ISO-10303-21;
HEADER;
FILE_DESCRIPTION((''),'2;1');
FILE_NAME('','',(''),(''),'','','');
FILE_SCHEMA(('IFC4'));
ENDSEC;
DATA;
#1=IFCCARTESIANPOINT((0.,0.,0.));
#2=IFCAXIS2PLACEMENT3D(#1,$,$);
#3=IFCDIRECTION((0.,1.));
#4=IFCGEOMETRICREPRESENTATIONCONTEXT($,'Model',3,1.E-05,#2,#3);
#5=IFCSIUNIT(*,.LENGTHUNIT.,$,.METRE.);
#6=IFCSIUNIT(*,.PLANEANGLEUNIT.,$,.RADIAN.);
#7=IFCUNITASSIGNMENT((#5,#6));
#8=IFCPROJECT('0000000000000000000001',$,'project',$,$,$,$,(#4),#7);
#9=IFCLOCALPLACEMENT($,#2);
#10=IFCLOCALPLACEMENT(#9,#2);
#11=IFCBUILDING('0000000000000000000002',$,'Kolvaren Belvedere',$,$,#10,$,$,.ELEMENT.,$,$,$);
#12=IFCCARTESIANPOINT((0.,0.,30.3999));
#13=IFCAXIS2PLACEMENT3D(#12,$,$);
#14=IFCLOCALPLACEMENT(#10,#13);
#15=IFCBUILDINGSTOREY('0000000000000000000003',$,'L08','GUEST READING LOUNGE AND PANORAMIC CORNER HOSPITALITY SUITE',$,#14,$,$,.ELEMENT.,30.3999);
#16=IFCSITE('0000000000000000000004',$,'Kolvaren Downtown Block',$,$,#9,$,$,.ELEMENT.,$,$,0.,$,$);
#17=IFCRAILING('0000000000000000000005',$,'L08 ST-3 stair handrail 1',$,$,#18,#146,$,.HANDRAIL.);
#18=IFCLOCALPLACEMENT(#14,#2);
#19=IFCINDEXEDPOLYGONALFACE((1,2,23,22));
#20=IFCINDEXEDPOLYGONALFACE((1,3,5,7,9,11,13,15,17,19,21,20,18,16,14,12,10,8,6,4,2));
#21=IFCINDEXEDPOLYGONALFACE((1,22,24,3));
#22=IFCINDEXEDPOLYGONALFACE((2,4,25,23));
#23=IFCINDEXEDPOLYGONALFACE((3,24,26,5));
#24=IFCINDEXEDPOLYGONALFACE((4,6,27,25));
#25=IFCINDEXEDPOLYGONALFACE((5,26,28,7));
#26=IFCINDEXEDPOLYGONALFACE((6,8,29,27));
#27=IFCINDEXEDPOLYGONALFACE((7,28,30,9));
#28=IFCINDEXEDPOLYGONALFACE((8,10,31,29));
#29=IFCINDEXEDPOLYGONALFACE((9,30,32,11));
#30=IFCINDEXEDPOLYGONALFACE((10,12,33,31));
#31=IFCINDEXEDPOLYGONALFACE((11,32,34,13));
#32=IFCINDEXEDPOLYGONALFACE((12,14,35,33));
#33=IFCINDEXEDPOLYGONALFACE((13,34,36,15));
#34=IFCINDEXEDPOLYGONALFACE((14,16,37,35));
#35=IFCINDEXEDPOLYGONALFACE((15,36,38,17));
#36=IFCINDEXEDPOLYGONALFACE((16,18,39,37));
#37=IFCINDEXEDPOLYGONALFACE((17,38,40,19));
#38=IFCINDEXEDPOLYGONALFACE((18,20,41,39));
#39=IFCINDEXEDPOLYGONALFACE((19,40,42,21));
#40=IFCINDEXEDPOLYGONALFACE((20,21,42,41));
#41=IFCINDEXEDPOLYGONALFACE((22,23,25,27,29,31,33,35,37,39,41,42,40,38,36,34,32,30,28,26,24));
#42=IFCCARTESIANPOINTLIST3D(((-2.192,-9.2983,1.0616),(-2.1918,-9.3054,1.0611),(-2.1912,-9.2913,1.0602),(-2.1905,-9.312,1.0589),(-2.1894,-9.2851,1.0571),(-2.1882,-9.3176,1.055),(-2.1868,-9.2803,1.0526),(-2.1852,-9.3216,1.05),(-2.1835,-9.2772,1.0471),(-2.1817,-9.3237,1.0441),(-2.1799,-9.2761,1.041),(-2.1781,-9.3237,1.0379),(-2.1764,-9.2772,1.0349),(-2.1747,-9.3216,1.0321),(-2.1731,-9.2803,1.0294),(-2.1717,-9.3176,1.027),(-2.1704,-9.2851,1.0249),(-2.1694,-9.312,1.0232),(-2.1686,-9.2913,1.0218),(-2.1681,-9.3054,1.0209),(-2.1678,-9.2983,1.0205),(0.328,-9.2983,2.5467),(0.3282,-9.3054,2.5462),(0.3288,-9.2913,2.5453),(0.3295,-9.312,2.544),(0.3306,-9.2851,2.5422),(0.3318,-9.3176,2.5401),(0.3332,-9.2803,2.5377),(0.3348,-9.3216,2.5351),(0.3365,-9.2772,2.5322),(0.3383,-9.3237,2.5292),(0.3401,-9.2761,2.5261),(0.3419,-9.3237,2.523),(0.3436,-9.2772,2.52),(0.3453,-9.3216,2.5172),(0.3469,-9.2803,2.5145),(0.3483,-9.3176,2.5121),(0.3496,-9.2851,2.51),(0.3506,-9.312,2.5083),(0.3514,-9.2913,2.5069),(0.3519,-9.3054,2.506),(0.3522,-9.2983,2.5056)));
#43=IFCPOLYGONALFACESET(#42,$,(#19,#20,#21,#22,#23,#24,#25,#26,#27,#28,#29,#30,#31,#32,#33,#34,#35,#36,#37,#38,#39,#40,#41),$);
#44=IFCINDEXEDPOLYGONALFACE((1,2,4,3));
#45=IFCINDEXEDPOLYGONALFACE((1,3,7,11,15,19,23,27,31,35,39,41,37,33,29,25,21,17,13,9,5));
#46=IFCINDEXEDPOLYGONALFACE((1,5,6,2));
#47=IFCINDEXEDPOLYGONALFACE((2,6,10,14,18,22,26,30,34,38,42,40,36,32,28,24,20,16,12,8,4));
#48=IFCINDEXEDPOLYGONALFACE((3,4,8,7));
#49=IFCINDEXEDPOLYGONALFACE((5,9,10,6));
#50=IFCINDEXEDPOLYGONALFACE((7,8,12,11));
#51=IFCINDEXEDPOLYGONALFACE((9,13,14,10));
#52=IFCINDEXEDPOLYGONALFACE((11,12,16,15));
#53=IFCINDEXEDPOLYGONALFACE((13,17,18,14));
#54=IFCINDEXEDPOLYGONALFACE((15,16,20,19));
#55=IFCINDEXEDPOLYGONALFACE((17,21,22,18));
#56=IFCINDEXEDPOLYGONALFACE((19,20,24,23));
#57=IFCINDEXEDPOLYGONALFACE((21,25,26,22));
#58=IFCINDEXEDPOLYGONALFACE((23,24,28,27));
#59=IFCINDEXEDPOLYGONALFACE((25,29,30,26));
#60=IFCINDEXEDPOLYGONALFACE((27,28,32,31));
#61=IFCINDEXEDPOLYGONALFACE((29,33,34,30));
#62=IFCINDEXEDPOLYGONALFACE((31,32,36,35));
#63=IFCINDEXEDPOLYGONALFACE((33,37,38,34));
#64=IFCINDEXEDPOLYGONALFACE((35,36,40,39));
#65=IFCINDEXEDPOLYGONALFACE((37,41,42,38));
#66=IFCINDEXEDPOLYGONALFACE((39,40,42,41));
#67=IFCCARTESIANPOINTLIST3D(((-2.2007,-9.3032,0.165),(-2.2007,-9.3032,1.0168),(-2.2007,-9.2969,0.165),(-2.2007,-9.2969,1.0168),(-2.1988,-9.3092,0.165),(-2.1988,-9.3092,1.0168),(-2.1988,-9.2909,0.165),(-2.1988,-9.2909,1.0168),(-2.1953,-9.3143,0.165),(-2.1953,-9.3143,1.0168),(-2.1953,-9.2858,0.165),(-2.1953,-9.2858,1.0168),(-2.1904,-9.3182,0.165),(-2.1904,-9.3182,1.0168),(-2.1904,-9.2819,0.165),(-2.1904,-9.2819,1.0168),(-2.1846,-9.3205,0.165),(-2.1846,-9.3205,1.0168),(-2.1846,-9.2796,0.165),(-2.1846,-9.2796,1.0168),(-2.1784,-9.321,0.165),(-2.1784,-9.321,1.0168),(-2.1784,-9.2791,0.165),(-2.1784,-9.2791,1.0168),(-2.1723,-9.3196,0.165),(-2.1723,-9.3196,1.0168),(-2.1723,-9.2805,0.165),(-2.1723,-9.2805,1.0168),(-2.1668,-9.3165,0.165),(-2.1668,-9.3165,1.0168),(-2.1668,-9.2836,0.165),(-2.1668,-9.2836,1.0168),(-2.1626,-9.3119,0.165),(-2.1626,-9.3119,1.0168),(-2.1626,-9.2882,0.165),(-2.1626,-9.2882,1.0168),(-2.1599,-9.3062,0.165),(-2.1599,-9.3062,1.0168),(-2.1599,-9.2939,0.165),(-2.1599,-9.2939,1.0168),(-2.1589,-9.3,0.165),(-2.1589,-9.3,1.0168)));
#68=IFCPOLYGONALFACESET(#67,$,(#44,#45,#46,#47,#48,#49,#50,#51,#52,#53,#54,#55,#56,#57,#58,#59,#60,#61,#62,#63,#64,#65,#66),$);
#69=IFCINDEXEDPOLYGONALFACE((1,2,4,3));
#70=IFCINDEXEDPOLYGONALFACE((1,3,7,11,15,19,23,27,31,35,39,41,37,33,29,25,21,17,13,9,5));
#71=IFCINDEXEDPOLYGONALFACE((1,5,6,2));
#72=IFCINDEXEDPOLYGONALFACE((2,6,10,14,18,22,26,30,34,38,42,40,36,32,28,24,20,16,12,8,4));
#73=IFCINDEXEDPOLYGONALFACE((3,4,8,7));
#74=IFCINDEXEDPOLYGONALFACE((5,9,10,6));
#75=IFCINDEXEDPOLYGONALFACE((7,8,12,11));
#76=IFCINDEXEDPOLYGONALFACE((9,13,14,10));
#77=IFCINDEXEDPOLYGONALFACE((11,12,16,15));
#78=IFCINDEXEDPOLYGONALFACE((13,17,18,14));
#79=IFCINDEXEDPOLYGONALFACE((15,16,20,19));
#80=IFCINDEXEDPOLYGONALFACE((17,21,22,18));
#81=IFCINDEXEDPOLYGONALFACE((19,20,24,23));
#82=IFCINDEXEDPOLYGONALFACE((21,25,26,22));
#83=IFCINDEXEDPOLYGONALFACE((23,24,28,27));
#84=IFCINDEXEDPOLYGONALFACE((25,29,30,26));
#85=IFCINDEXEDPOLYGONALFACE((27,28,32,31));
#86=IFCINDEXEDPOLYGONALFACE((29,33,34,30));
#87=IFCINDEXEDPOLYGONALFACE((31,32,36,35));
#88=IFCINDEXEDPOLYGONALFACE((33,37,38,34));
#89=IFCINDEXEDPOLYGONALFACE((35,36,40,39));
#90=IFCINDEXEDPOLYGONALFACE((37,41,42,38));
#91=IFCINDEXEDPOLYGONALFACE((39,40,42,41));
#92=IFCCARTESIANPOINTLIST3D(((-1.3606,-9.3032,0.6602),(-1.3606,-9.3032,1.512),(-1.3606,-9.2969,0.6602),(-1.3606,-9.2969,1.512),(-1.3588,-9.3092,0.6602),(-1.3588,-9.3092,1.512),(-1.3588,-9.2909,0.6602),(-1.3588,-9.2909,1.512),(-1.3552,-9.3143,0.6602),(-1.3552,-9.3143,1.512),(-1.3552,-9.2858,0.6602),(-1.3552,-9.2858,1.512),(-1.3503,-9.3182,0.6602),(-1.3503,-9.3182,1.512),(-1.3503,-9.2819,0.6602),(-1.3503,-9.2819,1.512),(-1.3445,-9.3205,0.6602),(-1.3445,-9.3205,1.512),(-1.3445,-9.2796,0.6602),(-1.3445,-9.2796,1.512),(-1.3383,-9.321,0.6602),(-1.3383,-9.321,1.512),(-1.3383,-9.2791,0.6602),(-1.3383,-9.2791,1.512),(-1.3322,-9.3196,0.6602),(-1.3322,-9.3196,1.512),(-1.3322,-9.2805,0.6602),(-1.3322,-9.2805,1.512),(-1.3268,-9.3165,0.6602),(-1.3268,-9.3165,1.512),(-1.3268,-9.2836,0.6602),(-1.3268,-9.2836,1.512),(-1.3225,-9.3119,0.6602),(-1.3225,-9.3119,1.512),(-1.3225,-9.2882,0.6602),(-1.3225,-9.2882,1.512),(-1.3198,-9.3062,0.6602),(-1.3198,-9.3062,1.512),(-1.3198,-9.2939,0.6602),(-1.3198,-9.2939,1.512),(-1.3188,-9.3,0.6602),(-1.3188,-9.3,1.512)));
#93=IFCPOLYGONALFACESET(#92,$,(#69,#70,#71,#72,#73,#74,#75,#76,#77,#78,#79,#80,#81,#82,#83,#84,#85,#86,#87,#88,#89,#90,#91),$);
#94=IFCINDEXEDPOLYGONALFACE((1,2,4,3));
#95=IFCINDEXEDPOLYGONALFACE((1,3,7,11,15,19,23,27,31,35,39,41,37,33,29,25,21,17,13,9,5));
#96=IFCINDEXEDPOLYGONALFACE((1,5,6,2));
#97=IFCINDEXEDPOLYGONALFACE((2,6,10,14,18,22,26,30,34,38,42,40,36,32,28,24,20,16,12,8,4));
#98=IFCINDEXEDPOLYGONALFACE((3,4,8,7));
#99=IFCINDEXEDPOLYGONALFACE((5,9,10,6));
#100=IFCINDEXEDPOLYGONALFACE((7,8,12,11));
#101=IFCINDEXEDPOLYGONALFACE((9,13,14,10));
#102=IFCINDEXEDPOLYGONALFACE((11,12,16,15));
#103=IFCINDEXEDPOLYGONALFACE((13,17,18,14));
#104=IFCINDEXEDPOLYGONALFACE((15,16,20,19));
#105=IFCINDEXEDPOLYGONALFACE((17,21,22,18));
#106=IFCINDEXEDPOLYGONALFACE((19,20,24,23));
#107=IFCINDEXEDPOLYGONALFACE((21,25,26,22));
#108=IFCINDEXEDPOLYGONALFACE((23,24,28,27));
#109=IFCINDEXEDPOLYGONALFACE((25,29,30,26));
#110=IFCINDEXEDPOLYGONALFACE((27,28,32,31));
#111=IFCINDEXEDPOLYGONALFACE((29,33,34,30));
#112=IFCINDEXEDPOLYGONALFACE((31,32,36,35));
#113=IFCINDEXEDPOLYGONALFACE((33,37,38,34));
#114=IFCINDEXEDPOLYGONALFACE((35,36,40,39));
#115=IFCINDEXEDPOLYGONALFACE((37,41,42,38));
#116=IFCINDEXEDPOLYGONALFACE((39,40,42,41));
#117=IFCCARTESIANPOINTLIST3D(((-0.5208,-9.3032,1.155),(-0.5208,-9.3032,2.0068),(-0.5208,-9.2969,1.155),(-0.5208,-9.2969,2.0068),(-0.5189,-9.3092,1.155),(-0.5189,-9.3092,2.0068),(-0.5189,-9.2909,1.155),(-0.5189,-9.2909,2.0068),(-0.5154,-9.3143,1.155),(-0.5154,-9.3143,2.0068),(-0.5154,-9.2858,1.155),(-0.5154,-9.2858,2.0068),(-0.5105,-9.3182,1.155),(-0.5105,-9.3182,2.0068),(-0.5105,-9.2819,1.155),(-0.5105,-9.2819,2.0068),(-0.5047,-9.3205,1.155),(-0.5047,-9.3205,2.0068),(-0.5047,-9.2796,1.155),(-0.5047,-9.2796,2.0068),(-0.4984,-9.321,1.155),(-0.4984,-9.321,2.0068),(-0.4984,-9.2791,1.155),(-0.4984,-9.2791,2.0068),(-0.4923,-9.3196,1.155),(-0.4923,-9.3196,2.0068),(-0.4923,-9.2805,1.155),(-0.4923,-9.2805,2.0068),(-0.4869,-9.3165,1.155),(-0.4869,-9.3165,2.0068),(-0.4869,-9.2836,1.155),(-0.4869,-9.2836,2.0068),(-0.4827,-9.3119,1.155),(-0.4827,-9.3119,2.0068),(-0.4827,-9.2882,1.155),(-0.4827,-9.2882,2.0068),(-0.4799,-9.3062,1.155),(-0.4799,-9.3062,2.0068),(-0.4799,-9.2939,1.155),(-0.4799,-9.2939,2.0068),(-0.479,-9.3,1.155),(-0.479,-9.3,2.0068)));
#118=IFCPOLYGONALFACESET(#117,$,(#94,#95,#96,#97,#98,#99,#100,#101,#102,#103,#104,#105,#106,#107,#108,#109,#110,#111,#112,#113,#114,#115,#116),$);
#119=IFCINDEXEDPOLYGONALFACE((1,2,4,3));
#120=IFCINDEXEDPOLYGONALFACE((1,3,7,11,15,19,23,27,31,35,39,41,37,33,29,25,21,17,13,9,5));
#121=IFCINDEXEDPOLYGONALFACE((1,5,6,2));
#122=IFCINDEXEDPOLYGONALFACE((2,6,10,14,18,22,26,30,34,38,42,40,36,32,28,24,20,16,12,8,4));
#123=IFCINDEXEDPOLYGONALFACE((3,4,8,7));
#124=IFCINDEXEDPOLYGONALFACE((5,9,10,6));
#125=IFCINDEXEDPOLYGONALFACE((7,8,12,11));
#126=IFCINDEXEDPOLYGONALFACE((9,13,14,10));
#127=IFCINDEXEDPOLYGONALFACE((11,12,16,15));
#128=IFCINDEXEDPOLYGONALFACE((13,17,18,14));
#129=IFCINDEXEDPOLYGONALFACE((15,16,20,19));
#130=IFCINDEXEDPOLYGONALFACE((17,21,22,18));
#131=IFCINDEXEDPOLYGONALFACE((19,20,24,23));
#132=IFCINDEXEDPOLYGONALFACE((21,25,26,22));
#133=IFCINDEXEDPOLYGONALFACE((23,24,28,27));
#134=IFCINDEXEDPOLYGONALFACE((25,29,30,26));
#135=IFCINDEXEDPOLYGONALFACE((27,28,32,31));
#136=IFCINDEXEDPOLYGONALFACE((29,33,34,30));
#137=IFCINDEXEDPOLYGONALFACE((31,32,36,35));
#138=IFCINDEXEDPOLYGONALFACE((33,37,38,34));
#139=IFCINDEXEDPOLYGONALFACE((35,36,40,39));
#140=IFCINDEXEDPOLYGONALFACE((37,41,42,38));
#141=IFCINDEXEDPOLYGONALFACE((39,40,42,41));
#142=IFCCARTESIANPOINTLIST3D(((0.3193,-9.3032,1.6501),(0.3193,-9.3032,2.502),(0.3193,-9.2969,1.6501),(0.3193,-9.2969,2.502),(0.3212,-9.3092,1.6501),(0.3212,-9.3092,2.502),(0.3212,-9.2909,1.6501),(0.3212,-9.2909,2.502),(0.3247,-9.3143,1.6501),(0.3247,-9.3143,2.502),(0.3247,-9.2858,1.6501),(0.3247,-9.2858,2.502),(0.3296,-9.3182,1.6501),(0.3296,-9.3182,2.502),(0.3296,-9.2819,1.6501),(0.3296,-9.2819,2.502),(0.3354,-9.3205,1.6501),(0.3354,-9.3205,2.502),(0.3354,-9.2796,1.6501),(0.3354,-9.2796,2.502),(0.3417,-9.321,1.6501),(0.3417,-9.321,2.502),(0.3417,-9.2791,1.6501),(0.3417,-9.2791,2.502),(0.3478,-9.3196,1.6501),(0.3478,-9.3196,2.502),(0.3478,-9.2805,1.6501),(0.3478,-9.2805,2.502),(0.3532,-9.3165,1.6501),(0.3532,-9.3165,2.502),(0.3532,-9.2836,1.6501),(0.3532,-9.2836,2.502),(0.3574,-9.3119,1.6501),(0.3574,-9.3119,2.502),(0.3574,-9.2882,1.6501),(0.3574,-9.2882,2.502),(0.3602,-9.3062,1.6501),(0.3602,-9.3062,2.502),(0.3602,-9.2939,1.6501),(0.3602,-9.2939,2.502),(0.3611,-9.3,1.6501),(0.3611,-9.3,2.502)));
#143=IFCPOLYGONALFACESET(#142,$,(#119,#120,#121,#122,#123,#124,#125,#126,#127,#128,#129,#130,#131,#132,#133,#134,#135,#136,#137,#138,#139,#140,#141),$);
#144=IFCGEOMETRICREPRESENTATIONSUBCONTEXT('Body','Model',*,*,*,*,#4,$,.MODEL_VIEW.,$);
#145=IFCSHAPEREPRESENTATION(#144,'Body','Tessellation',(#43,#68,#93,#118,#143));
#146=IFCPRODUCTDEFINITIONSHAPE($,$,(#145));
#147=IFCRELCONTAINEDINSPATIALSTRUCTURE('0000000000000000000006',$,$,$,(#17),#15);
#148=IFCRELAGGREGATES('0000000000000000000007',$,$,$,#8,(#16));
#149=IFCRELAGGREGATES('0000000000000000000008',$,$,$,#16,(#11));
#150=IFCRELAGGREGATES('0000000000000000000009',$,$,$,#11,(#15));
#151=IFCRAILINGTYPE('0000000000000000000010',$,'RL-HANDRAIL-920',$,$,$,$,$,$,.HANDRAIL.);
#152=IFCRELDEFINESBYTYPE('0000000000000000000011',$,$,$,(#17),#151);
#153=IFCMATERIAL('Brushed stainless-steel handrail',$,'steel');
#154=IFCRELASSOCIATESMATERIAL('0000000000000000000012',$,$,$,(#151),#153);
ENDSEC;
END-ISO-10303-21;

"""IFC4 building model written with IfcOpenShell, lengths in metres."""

from ifc_helpers import new_model, si_unit, direction, frame, origin, origin_2d, place, context, subcontext, project, spatial, circle, extrude, material, type_object, element, save


model = new_model("IFC4")

# Units and contexts
model_context = context("Model", 3, precision=1e-05, world=origin(), true_north=direction((0.0, 1.0)))
body_context = subcontext(model_context, "Body", "Model", "MODEL_VIEW")
ifc_project = project(units=[si_unit("LENGTHUNIT", "METRE"), si_unit("PLANEANGLEUNIT", "RADIAN")], contexts=[model_context])

# Site, building, storey
site_placement = place(None, origin())
site = spatial("IfcSite", under=ifc_project, at=site_placement, Name="Kolvaren Downtown Block", CompositionType="ELEMENT", RefElevation=0.0)
building_placement = place(site_placement, origin())
building = spatial("IfcBuilding", under=site, at=building_placement, Name="Kolvaren Belvedere", CompositionType="ELEMENT")
storey_placement = place(building_placement, frame((0.0, 0.0, 30.3999)))
storey = spatial("IfcBuildingStorey", under=building, at=storey_placement, Name="L08", Description="GUEST READING LOUNGE AND PANORAMIC CORNER HOSPITALITY SUITE", CompositionType="ELEMENT", Elevation=30.3999)

# Railing
ifc_material_1 = material(Name="Brushed stainless-steel handrail", Category="steel")
railing_type_1 = type_object("IfcRailingType", Name="RL-HANDRAIL-920", PredefinedType="HANDRAIL", material=ifc_material_1)
railing_1_placement = place(storey_placement, frame((-2.1799, -9.3, 0.165)))
element("IfcRailing", 1, at=railing_1_placement, inside=storey, type_object=railing_type_1, Name="L08 ST-3 stair handrail 1", PredefinedType="HANDRAIL", context=body_context, shape_type="SweptSolid", body=[
    extrude(circle(Radius=0.0239, at=origin_2d()), frame((0.0, 0.0, 0.876), z_axis=(0.861524, 0.0, 0.507717), x_axis=(0.0, 1.0, 0.0)), (0.0, 0.0, 1.0), 2.925),
    extrude(circle(Radius=0.021, at=origin_2d()), origin(), (0.0, 0.0, 1.0), 0.8518),
    extrude(circle(Radius=0.021, at=origin_2d()), frame((0.8401, 0.0, 0.4951)), (0.0, 0.0, 1.0), 0.8518),
    extrude(circle(Radius=0.021, at=origin_2d()), frame((1.6799, 0.0, 0.99)), (0.0, 0.0, 1.0), 0.8518),
    extrude(circle(Radius=0.021, at=origin_2d()), frame((2.52, 0.0, 1.4851)), (0.0, 0.0, 1.0), 0.8518),
])

save(model, "model.ifc")
